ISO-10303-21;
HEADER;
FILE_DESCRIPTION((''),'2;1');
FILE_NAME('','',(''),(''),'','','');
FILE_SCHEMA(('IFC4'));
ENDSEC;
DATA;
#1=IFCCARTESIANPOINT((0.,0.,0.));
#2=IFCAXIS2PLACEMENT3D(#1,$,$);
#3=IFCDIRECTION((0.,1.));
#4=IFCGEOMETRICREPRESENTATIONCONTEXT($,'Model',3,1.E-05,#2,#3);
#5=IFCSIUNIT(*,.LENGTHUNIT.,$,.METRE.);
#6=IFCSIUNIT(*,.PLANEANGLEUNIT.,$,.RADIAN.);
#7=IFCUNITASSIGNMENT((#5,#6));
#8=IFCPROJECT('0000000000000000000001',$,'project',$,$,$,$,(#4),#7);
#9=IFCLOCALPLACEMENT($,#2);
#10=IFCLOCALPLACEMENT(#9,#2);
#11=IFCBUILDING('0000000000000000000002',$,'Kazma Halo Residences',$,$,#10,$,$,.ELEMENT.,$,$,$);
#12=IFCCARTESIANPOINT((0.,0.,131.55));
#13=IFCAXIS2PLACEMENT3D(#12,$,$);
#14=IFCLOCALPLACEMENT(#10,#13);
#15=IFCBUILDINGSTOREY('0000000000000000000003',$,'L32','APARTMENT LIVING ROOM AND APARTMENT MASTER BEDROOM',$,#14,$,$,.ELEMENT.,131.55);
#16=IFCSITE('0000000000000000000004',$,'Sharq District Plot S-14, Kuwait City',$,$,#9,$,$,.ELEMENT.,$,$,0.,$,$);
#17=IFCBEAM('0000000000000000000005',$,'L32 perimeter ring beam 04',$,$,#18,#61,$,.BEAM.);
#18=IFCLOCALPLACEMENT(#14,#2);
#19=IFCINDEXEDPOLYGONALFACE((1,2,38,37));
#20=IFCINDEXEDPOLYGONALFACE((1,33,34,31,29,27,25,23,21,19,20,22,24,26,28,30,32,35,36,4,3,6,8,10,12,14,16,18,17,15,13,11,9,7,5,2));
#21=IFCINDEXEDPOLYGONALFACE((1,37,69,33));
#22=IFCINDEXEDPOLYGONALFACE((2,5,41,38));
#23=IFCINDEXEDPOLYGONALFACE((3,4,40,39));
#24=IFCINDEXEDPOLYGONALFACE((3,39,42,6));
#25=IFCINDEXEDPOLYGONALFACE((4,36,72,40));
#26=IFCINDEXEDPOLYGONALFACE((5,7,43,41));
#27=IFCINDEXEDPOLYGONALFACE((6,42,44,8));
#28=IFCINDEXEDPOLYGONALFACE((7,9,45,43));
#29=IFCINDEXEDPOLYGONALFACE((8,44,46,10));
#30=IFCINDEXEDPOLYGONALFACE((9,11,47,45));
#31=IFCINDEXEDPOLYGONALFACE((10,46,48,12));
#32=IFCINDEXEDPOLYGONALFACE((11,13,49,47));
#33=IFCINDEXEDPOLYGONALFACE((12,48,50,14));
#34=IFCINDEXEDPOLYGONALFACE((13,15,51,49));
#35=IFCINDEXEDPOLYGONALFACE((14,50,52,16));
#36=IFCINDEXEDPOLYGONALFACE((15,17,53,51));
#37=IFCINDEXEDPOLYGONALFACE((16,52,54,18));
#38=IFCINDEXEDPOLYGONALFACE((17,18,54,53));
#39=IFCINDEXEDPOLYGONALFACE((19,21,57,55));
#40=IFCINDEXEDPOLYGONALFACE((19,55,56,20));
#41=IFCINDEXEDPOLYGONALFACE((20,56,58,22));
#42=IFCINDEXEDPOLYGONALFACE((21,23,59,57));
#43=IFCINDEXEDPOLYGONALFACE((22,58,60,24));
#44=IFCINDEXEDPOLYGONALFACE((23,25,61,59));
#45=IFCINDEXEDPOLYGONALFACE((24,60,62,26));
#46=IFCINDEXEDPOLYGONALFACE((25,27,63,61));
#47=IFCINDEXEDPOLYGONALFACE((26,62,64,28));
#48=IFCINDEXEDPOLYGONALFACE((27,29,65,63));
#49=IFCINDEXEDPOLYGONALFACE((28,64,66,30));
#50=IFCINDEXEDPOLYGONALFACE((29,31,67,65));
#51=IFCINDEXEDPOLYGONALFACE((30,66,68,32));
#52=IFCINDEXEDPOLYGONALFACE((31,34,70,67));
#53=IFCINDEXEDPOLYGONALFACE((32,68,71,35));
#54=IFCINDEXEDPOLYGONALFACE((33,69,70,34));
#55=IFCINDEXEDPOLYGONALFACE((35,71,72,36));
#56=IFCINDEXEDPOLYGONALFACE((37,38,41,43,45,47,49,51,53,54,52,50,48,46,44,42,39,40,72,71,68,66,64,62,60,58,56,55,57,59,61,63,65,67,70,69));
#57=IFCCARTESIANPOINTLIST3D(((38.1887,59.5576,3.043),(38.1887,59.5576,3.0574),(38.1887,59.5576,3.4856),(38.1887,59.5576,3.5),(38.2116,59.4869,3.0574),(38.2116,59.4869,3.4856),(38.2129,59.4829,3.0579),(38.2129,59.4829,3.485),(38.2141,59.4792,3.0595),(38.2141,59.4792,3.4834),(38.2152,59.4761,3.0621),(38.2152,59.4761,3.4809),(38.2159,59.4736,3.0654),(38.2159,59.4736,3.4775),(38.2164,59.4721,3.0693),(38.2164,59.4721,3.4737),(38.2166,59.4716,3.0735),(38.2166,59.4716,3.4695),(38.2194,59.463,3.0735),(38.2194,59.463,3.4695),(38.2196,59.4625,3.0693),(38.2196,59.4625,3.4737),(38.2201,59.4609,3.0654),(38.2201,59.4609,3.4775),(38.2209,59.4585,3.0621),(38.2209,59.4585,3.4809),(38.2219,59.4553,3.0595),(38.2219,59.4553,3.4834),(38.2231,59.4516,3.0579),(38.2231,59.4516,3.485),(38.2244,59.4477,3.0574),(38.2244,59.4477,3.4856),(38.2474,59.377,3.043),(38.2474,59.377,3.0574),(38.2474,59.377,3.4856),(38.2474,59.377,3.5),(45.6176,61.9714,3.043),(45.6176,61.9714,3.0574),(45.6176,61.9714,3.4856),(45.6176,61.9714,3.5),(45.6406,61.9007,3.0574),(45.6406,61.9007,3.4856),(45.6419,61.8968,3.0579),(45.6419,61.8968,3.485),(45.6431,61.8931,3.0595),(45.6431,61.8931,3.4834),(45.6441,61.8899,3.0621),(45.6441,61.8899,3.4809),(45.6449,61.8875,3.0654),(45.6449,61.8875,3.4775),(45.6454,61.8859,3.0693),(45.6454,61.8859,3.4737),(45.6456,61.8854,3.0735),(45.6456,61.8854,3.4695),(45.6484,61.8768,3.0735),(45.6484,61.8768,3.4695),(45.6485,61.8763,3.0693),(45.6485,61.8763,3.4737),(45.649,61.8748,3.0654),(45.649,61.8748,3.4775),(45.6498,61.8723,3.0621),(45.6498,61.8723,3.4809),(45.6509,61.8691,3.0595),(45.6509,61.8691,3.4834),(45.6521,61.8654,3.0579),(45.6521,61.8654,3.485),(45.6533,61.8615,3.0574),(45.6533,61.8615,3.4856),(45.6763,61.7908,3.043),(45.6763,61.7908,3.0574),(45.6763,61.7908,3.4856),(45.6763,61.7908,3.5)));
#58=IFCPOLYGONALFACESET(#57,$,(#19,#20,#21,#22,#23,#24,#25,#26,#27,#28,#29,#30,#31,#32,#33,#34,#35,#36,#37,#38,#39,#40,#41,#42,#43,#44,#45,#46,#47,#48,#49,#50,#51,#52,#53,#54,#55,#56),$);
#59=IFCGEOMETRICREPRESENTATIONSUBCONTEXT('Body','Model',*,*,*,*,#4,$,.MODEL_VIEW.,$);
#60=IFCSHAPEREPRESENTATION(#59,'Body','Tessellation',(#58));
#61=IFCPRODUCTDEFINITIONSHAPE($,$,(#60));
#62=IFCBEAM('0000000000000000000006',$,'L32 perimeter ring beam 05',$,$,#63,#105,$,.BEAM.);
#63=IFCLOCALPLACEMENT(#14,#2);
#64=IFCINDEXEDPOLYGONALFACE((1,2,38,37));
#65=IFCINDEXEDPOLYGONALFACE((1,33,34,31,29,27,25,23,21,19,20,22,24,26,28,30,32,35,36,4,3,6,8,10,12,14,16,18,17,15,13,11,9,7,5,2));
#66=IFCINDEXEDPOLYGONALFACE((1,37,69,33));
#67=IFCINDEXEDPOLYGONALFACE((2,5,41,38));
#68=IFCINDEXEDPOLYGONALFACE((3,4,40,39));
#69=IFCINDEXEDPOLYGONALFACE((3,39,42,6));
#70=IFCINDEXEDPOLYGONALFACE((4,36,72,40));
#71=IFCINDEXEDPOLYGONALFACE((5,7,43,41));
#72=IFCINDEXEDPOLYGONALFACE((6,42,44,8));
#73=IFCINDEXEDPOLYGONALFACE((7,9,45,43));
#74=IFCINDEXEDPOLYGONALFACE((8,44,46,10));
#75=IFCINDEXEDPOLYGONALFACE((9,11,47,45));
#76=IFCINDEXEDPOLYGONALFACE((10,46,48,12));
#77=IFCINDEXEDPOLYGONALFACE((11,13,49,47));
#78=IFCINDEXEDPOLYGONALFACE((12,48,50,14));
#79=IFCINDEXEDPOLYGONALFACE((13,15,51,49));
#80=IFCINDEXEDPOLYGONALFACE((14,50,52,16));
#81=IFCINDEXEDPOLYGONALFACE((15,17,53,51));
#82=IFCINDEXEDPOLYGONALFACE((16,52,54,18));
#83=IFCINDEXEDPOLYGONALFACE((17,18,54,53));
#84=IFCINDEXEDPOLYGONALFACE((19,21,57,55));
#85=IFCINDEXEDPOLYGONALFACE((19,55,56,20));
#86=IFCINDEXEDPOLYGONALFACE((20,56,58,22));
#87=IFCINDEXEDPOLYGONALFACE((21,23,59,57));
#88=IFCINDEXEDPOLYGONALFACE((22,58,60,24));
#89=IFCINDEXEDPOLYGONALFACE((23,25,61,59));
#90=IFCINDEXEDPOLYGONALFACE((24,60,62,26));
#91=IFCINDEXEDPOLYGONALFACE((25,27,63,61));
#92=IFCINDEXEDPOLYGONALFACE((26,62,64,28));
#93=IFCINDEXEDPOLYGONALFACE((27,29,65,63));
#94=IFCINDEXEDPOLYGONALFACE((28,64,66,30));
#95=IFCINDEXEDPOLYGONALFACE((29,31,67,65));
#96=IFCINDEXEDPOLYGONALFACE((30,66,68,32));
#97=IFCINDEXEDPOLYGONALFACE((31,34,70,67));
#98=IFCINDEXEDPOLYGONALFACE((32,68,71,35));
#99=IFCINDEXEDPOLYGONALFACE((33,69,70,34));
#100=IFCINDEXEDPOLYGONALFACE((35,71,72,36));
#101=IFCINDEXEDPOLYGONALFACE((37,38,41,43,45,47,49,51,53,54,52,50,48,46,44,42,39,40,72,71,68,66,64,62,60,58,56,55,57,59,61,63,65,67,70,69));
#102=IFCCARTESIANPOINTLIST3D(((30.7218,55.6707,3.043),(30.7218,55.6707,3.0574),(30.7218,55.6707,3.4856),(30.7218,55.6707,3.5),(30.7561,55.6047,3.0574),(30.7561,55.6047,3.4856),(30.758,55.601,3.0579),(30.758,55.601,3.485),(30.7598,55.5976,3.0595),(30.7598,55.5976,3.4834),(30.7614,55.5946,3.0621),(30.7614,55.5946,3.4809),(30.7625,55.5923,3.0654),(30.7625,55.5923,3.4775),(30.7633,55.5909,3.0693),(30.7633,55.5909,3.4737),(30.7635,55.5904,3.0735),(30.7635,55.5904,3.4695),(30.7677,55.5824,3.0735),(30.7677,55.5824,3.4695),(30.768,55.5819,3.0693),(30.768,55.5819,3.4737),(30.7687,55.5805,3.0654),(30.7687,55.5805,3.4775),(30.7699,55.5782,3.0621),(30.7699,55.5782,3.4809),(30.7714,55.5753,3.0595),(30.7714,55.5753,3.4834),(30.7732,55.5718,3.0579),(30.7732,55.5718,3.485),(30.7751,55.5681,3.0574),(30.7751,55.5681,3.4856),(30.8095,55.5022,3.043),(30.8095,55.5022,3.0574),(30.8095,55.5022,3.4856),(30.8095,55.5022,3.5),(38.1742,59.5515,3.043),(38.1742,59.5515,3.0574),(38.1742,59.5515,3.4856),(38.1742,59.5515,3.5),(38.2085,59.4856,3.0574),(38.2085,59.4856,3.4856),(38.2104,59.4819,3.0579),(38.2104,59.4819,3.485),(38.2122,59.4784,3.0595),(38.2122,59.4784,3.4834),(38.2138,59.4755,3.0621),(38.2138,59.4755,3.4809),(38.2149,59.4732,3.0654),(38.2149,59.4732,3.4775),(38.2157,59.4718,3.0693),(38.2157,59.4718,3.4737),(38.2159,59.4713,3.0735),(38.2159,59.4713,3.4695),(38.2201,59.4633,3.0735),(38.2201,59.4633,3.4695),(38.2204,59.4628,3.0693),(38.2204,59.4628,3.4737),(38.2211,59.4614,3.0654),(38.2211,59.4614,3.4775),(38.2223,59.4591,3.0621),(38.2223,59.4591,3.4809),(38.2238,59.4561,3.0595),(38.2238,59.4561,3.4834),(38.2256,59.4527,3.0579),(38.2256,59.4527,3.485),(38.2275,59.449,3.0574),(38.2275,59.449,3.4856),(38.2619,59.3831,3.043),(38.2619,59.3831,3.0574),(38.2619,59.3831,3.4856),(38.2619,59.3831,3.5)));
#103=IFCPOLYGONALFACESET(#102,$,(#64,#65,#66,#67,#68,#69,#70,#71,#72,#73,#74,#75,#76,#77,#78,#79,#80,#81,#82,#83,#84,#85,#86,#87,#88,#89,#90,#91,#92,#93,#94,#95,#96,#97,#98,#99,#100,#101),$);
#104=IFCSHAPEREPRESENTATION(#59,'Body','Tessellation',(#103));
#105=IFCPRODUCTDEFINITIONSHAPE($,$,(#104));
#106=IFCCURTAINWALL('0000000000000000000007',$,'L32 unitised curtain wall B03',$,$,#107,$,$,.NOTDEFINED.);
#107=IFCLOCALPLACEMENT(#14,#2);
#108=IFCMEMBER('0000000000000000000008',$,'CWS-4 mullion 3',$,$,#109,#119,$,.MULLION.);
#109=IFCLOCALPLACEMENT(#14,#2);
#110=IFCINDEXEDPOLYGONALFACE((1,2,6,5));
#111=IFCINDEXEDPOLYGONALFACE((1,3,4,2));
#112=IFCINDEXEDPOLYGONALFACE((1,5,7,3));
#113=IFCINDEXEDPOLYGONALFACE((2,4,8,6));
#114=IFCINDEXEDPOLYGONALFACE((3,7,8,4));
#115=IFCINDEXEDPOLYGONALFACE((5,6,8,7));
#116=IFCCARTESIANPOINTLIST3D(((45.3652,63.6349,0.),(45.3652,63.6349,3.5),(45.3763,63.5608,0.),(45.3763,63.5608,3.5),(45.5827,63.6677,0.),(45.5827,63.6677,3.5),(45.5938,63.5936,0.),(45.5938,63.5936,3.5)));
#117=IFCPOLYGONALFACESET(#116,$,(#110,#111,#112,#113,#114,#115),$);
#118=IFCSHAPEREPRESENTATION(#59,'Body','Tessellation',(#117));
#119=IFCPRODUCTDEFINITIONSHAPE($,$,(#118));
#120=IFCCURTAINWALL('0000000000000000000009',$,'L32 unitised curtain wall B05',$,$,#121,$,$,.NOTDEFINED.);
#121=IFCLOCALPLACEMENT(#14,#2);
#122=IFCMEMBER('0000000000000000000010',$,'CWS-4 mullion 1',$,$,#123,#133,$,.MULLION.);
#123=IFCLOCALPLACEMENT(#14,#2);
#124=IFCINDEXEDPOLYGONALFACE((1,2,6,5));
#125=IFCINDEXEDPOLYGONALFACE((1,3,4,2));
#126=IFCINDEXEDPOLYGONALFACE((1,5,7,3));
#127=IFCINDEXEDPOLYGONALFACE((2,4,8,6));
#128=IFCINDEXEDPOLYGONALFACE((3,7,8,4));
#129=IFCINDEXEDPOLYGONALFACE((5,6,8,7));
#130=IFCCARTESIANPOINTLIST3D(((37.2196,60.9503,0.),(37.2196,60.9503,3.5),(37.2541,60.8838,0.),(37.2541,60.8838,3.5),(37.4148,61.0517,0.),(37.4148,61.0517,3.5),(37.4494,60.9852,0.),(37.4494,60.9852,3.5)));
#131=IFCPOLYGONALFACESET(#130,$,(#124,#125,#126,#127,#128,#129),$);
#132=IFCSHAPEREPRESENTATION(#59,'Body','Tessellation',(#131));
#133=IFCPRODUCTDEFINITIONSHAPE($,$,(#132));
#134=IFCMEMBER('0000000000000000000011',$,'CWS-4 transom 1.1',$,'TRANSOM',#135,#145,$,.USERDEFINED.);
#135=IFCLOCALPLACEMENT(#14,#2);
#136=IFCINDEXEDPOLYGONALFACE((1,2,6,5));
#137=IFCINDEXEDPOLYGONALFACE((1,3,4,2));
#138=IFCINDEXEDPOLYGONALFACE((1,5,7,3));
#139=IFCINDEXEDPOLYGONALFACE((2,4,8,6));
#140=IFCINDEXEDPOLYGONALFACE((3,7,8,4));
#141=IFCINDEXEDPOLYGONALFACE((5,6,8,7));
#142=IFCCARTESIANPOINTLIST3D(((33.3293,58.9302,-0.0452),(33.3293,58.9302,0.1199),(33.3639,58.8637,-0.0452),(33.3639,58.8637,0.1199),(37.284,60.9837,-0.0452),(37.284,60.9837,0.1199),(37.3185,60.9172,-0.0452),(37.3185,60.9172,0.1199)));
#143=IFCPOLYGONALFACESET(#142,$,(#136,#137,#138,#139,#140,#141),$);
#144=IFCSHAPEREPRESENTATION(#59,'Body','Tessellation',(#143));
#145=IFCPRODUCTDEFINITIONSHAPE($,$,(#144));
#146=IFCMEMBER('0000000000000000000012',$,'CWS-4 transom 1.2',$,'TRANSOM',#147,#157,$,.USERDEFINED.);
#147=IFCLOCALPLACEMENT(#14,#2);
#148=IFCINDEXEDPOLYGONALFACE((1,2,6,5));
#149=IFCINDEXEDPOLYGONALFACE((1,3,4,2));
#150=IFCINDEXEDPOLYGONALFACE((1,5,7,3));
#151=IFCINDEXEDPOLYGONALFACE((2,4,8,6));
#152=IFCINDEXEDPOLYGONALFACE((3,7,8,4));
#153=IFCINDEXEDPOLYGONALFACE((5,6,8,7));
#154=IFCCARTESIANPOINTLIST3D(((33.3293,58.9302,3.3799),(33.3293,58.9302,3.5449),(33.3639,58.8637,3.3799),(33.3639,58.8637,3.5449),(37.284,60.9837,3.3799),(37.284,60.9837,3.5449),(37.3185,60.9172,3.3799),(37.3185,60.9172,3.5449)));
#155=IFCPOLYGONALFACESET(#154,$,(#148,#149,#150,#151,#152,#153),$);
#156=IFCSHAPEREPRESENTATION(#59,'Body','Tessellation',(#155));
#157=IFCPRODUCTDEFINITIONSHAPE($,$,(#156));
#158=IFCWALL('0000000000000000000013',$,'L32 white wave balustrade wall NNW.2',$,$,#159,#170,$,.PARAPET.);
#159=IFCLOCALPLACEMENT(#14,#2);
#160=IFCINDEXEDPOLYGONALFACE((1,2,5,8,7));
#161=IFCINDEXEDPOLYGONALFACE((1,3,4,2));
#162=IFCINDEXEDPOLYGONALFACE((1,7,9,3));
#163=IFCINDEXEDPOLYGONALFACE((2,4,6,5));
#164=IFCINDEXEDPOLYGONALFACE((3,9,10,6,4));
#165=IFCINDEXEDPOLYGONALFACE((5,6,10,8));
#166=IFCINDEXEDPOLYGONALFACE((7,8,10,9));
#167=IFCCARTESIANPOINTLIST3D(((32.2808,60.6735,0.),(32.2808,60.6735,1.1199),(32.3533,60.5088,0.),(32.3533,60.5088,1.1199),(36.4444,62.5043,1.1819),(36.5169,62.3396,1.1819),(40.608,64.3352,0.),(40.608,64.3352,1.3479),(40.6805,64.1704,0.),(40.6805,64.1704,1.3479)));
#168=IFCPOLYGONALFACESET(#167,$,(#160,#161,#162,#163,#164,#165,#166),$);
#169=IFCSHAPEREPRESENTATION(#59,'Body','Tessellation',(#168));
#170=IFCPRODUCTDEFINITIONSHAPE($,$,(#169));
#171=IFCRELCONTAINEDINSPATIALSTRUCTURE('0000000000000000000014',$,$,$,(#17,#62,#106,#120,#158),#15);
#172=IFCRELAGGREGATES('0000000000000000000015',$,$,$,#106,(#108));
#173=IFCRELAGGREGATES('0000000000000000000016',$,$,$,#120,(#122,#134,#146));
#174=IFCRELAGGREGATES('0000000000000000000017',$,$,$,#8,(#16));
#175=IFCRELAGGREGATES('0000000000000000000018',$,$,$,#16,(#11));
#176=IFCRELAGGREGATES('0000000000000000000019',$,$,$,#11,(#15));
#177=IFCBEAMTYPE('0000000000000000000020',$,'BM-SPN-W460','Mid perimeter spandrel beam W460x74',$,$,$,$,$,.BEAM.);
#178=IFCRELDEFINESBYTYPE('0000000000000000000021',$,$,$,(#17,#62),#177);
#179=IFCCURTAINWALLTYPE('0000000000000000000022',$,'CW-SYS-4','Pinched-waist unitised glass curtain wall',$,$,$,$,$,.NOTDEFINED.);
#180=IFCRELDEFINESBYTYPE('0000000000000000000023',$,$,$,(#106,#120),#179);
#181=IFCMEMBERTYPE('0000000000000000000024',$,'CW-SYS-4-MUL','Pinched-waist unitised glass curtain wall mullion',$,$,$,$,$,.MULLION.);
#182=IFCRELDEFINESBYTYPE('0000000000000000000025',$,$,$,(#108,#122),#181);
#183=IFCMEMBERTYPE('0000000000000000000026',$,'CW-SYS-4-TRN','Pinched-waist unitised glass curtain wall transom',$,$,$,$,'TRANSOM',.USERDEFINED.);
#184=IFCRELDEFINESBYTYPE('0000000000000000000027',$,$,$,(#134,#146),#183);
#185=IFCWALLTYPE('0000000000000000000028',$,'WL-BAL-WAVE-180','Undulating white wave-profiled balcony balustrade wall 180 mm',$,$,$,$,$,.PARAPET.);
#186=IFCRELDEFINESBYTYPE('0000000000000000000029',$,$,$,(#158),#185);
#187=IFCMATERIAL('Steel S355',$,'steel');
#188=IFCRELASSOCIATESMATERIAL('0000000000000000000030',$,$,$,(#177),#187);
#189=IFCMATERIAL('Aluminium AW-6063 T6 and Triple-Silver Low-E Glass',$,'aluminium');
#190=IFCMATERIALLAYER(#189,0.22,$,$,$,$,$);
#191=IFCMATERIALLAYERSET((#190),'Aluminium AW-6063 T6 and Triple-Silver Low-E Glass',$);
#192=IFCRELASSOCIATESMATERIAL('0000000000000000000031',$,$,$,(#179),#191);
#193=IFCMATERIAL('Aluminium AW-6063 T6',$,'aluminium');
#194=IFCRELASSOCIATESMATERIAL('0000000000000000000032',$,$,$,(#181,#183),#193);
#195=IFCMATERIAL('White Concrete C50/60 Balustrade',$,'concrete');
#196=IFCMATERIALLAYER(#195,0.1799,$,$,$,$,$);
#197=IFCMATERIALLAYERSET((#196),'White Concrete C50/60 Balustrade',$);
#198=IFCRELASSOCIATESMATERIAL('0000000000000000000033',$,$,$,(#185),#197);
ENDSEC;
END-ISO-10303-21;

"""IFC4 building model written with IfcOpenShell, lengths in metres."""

from ifc_helpers import new_model, si_unit, direction, frame, origin, origin_2d, place, context, subcontext, project, spatial, polyline, rectangle, i_section, outline, extrude, material, layer, layer_set, material_profile, profile_set, type_object, element, aggregate, save


model = new_model("IFC4")

# Units and contexts
model_context = context("Model", 3, precision=1e-05, world=origin(), true_north=direction((0.0, 1.0)))
body_context = subcontext(model_context, "Body", "Model", "MODEL_VIEW")
ifc_project = project(units=[si_unit("LENGTHUNIT", "METRE"), si_unit("PLANEANGLEUNIT", "RADIAN")], contexts=[model_context])

# Site, building, storey
site_placement = place(None, origin())
site = spatial("IfcSite", under=ifc_project, at=site_placement, Name="Sharq District Plot S-14, Kuwait City", CompositionType="ELEMENT", RefElevation=0.0)
building_placement = place(site_placement, origin())
building = spatial("IfcBuilding", under=site, at=building_placement, Name="Kazma Halo Residences", CompositionType="ELEMENT")
storey_placement = place(building_placement, frame((0.0, 0.0, 131.55)))
storey = spatial("IfcBuildingStorey", under=building, at=storey_placement, Name="L32", Description="APARTMENT LIVING ROOM AND APARTMENT MASTER BEDROOM", CompositionType="ELEMENT", Elevation=131.55)

# Beams
ifc_material_1 = material(Name="Steel S355", Category="steel")
ifc_material_profile_1 = material_profile(ifc_material_1, i_section(OverallWidth=0.1899, OverallDepth=0.457, WebThickness=0.009, FlangeThickness=0.0144, FilletRadius=0.0161, at=origin_2d()), Name="W460x74")
ifc_profile_set_1 = profile_set([ifc_material_profile_1], Name="Steel S355")
beam_type_1 = type_object("IfcBeamType", Name="BM-SPN-W460", Description="Mid perimeter spandrel beam W460x74", PredefinedType="BEAM", material=ifc_profile_set_1)
beam_1_placement = place(storey_placement, frame((45.647, 61.8811, 3.2715), z_axis=(-0.951056, -0.309018, 0.0), x_axis=(0.309018, -0.951056, 0.0)))
element("IfcBeam", 1, at=beam_1_placement, inside=storey, type_object=beam_type_1, Name="L32 perimeter ring beam 04", PredefinedType="BEAM", context=body_context, shape_type="SweptSolid", body=[
    extrude(i_section(OverallWidth=0.1899, OverallDepth=0.457, WebThickness=0.009, FlangeThickness=0.0144, FilletRadius=0.0161, at=origin_2d()), origin(), (0.0, 0.0, 1.0), 7.8113),
])
beam_2_placement = place(storey_placement, frame((38.218, 59.4673, 3.2715), z_axis=(-0.886943, -0.461879, 0.0), x_axis=(0.461879, -0.886943, 0.0)))
element("IfcBeam", 2, at=beam_2_placement, inside=storey, type_object=beam_type_1, Name="L32 perimeter ring beam 05", PredefinedType="BEAM", context=body_context, shape_type="SweptSolid", body=[
    extrude(i_section(OverallWidth=0.1899, OverallDepth=0.457, WebThickness=0.009, FlangeThickness=0.0144, FilletRadius=0.0161, at=origin_2d()), origin(), (0.0, 0.0, 1.0), 8.4023),
])

# Curtain wall, member
ifc_material_2 = material(Name="Aluminium AW-6063 T6 and Triple-Silver Low-E Glass", Category="aluminium")
ifc_layer_1 = layer(ifc_material_2, 0.22)
ifc_layer_set_1 = layer_set([ifc_layer_1], Name="Aluminium AW-6063 T6 and Triple-Silver Low-E Glass")
curtain_wall_type = type_object("IfcCurtainWallType", Name="CW-SYS-4", Description="Pinched-waist unitised glass curtain wall", PredefinedType="NOTDEFINED", material=ifc_layer_set_1)
curtain_wall_1_placement = place(storey_placement, origin())
curtain_wall_1 = element("IfcCurtainWall", 3, at=curtain_wall_1_placement, inside=storey, type_object=curtain_wall_type, Name="L32 unitised curtain wall B03", PredefinedType="NOTDEFINED")
ifc_material_3 = material(Name="Aluminium AW-6063 T6", Category="aluminium")
ifc_material_profile_2 = material_profile(ifc_material_3, rectangle(XDim=0.075, YDim=0.22, at=origin_2d()), Name="CWM-75x220")
ifc_profile_set_2 = profile_set([ifc_material_profile_2], Name="Aluminium AW-6063 T6")
member_type_1 = type_object("IfcMemberType", Name="CW-SYS-4-MUL", Description="Pinched-waist unitised glass curtain wall mullion", PredefinedType="MULLION", material=ifc_profile_set_2)
member_1_placement = place(storey_placement, frame((45.4795, 63.6143, 0.0), z_axis=(0.0, 0.0, 1.0), x_axis=(0.148821, -0.988864, 0.0)))
member_1 = element("IfcMember", 4, at=member_1_placement, type_object=member_type_1, Name="CWS-4 mullion 3", PredefinedType="MULLION", context=body_context, shape_type="SweptSolid", body=[
    extrude(rectangle(XDim=0.075, YDim=0.22, at=origin_2d()), origin(), (0.0, 0.0, 1.0), 3.5),
])
aggregate(curtain_wall_1, [member_1])

# Curtain wall, members
curtain_wall_2_placement = place(storey_placement, origin())
curtain_wall_2 = element("IfcCurtainWall", 5, at=curtain_wall_2_placement, inside=storey, type_object=curtain_wall_type, Name="L32 unitised curtain wall B05", PredefinedType="NOTDEFINED")
member_2_placement = place(storey_placement, frame((37.3345, 60.9678, 0.0), z_axis=(0.0, 0.0, 1.0), x_axis=(0.460837, -0.887485, 0.0)))
member_2 = element("IfcMember", 6, at=member_2_placement, type_object=member_type_1, Name="CWS-4 mullion 1", PredefinedType="MULLION", context=body_context, shape_type="SweptSolid", body=[
    extrude(rectangle(XDim=0.075, YDim=0.22, at=origin_2d()), origin(), (0.0, 0.0, 1.0), 3.5),
])
ifc_material_profile_3 = material_profile(ifc_material_3, rectangle(XDim=0.075, YDim=0.165, at=origin_2d()), Name="CWT-75x165")
ifc_profile_set_3 = profile_set([ifc_material_profile_3], Name="Aluminium AW-6063 T6")
member_type_2 = type_object("IfcMemberType", Name="CW-SYS-4-TRN", Description="Pinched-waist unitised glass curtain wall transom", ElementType="TRANSOM", PredefinedType="USERDEFINED", material=ifc_profile_set_3)
member_3_placement = place(storey_placement, frame((37.3013, 60.9504, 0.0374), z_axis=(-0.887485, -0.460837, 0.0), x_axis=(0.460837, -0.887485, 0.0)))
member_3 = element("IfcMember", 7, at=member_3_placement, type_object=member_type_2, Name="CWS-4 transom 1.1", ObjectType="TRANSOM", PredefinedType="USERDEFINED", context=body_context, shape_type="SweptSolid", body=[
    extrude(rectangle(XDim=0.075, YDim=0.165, at=origin_2d()), origin(), (0.0, 0.0, 1.0), 4.4561),
])
member_4_placement = place(storey_placement, frame((37.3013, 60.9504, 3.4624), z_axis=(-0.887485, -0.460837, 0.0), x_axis=(0.460837, -0.887485, 0.0)))
member_4 = element("IfcMember", 8, at=member_4_placement, type_object=member_type_2, Name="CWS-4 transom 1.2", ObjectType="TRANSOM", PredefinedType="USERDEFINED", context=body_context, shape_type="SweptSolid", body=[
    extrude(rectangle(XDim=0.075, YDim=0.165, at=origin_2d()), origin(), (0.0, 0.0, 1.0), 4.4561),
])
aggregate(curtain_wall_2, [member_2, member_3, member_4])

# Wall
ifc_material_4 = material(Name="White Concrete C50/60 Balustrade", Category="concrete")
ifc_layer_2 = layer(ifc_material_4, 0.1799)
ifc_layer_set_2 = layer_set([ifc_layer_2], Name="White Concrete C50/60 Balustrade")
wall_type_1 = type_object("IfcWallType", Name="WL-BAL-WAVE-180", Description="Undulating white wave-profiled balcony balustrade wall 180 mm", PredefinedType="PARAPET", material=ifc_layer_set_2)
wall_1_placement = place(storey_placement, frame((40.6443, 64.2527, 0.0), z_axis=(0.0, 0.0, 1.0), x_axis=(-0.915409, -0.402525, 0.0)))
element("IfcWall", 9, at=wall_1_placement, inside=storey, type_object=wall_type_1, Name="L32 white wave balustrade wall NNW.2", PredefinedType="PARAPET", context=body_context, shape_type="SweptSolid", body=[
    extrude(outline(polyline([(0.0, 0.0), (9.0967, 0.0), (9.0967, 1.1199), (4.5483, 1.1819), (0.0, 1.3479), (0.0, 0.0)])), frame((0.0, 0.0898, 0.0), z_axis=(0.0, -1.0, 0.0), x_axis=(1.0, 0.0, 0.0)), (0.0, 0.0, 1.0), 0.1799),
])

save(model, "model.ifc")
